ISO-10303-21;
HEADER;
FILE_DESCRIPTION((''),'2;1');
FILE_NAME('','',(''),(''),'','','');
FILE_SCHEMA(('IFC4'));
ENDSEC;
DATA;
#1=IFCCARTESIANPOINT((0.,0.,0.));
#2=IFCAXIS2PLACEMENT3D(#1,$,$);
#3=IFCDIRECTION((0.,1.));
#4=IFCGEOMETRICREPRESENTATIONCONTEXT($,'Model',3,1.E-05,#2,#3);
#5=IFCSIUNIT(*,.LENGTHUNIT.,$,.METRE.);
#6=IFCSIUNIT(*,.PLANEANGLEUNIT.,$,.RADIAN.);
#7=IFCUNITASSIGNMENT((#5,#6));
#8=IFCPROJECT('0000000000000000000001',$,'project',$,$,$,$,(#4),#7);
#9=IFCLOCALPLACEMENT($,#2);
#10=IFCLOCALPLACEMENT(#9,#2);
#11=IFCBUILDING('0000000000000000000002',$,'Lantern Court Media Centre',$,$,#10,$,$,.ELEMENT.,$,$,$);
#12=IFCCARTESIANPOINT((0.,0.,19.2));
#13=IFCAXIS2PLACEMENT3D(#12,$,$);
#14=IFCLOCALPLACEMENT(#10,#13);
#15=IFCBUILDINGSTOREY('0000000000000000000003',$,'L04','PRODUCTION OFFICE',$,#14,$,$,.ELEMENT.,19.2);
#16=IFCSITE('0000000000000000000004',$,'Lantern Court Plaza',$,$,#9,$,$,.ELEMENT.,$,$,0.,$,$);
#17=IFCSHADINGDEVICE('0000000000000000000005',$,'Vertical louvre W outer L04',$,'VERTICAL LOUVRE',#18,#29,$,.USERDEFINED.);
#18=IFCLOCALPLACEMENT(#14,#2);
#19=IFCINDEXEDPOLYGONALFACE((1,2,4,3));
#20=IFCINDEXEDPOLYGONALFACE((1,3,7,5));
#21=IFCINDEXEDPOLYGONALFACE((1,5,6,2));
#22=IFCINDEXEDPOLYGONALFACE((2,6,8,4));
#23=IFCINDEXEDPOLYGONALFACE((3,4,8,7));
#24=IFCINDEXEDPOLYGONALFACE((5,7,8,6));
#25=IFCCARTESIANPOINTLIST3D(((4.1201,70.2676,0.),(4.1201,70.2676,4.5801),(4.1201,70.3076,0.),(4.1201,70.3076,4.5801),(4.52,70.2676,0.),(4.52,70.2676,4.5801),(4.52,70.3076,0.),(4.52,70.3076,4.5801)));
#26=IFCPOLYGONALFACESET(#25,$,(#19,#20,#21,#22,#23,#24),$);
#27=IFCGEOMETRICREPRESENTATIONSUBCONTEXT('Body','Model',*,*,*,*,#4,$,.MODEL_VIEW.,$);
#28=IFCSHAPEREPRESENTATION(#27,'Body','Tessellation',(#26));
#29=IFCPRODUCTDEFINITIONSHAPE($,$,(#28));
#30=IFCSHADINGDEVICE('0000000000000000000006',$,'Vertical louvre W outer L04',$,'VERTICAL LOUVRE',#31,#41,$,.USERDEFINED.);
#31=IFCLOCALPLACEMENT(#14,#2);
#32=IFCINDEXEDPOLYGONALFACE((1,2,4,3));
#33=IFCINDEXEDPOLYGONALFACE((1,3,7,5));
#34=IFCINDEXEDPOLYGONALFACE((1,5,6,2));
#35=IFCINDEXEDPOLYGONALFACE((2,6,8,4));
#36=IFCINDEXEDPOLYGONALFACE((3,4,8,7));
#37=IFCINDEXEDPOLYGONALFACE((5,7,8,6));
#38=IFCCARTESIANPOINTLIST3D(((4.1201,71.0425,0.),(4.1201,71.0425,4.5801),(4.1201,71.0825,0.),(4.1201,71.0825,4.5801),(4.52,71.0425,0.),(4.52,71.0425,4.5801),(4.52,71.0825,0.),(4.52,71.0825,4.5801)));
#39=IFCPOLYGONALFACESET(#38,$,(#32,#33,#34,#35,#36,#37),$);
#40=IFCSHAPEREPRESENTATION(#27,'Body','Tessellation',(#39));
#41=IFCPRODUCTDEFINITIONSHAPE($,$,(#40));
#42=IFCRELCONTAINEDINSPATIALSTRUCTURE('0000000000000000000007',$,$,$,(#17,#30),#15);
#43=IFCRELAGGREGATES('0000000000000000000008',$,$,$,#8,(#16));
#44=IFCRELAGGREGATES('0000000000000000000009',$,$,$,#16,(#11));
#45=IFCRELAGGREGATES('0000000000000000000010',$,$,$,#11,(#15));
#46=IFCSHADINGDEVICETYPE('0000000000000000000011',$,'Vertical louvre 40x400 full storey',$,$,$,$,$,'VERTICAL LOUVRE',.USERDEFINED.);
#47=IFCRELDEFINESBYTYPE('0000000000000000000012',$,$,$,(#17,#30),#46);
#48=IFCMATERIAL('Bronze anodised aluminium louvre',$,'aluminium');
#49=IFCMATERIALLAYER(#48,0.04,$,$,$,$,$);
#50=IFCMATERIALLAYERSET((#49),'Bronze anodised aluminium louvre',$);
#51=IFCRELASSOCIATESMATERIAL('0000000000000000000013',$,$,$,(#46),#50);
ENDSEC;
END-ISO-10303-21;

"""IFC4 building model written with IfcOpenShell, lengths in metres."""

from ifc_helpers import new_model, si_unit, direction, frame, origin, origin_2d, place, context, subcontext, project, spatial, rectangle, extrude, material, layer, layer_set, type_object, element, save


model = new_model("IFC4")

# Units and contexts
model_context = context("Model", 3, precision=1e-05, world=origin(), true_north=direction((0.0, 1.0)))
body_context = subcontext(model_context, "Body", "Model", "MODEL_VIEW")
ifc_project = project(units=[si_unit("LENGTHUNIT", "METRE"), si_unit("PLANEANGLEUNIT", "RADIAN")], contexts=[model_context])

# Site, building, storey
site_placement = place(None, origin())
site = spatial("IfcSite", under=ifc_project, at=site_placement, Name="Lantern Court Plaza", CompositionType="ELEMENT", RefElevation=0.0)
building_placement = place(site_placement, origin())
building = spatial("IfcBuilding", under=site, at=building_placement, Name="Lantern Court Media Centre", CompositionType="ELEMENT")
storey_placement = place(building_placement, frame((0.0, 0.0, 19.2)))
storey = spatial("IfcBuildingStorey", under=building, at=storey_placement, Name="L04", Description="PRODUCTION OFFICE", CompositionType="ELEMENT", Elevation=19.2)

# Shading devices
ifc_material_1 = material(Name="Bronze anodised aluminium louvre", Category="aluminium")
ifc_layer_1 = layer(ifc_material_1, 0.04)
ifc_layer_set_1 = layer_set([ifc_layer_1], Name="Bronze anodised aluminium louvre")
shading_device_type = type_object("IfcShadingDeviceType", Name="Vertical louvre 40x400 full storey", ElementType="VERTICAL LOUVRE", PredefinedType="USERDEFINED", material=ifc_layer_set_1)
for number, where, z_axis, x_axis, name in (
    (1, (4.3201, 70.2876, 0.0), (0.0, 0.0, 1.0), (1.0, 0.0, 0.0), "Vertical louvre W outer L04"),
    (2, (4.3201, 71.0625, 0.0), (0.0, 0.0, 1.0), (1.0, 0.0, 0.0), "Vertical louvre W outer L04"),
):
    element("IfcShadingDevice", number, at=place(storey_placement, frame(where, z_axis=z_axis, x_axis=x_axis)), inside=storey, type_object=shading_device_type, Name=name, ObjectType="VERTICAL LOUVRE", PredefinedType="USERDEFINED", context=body_context, shape_type="SweptSolid", body=[
        extrude(rectangle(XDim=0.3999, YDim=0.04, at=origin_2d()), origin(), (0.0, 0.0, 1.0), 4.5801),
    ])

save(model, "model.ifc")
